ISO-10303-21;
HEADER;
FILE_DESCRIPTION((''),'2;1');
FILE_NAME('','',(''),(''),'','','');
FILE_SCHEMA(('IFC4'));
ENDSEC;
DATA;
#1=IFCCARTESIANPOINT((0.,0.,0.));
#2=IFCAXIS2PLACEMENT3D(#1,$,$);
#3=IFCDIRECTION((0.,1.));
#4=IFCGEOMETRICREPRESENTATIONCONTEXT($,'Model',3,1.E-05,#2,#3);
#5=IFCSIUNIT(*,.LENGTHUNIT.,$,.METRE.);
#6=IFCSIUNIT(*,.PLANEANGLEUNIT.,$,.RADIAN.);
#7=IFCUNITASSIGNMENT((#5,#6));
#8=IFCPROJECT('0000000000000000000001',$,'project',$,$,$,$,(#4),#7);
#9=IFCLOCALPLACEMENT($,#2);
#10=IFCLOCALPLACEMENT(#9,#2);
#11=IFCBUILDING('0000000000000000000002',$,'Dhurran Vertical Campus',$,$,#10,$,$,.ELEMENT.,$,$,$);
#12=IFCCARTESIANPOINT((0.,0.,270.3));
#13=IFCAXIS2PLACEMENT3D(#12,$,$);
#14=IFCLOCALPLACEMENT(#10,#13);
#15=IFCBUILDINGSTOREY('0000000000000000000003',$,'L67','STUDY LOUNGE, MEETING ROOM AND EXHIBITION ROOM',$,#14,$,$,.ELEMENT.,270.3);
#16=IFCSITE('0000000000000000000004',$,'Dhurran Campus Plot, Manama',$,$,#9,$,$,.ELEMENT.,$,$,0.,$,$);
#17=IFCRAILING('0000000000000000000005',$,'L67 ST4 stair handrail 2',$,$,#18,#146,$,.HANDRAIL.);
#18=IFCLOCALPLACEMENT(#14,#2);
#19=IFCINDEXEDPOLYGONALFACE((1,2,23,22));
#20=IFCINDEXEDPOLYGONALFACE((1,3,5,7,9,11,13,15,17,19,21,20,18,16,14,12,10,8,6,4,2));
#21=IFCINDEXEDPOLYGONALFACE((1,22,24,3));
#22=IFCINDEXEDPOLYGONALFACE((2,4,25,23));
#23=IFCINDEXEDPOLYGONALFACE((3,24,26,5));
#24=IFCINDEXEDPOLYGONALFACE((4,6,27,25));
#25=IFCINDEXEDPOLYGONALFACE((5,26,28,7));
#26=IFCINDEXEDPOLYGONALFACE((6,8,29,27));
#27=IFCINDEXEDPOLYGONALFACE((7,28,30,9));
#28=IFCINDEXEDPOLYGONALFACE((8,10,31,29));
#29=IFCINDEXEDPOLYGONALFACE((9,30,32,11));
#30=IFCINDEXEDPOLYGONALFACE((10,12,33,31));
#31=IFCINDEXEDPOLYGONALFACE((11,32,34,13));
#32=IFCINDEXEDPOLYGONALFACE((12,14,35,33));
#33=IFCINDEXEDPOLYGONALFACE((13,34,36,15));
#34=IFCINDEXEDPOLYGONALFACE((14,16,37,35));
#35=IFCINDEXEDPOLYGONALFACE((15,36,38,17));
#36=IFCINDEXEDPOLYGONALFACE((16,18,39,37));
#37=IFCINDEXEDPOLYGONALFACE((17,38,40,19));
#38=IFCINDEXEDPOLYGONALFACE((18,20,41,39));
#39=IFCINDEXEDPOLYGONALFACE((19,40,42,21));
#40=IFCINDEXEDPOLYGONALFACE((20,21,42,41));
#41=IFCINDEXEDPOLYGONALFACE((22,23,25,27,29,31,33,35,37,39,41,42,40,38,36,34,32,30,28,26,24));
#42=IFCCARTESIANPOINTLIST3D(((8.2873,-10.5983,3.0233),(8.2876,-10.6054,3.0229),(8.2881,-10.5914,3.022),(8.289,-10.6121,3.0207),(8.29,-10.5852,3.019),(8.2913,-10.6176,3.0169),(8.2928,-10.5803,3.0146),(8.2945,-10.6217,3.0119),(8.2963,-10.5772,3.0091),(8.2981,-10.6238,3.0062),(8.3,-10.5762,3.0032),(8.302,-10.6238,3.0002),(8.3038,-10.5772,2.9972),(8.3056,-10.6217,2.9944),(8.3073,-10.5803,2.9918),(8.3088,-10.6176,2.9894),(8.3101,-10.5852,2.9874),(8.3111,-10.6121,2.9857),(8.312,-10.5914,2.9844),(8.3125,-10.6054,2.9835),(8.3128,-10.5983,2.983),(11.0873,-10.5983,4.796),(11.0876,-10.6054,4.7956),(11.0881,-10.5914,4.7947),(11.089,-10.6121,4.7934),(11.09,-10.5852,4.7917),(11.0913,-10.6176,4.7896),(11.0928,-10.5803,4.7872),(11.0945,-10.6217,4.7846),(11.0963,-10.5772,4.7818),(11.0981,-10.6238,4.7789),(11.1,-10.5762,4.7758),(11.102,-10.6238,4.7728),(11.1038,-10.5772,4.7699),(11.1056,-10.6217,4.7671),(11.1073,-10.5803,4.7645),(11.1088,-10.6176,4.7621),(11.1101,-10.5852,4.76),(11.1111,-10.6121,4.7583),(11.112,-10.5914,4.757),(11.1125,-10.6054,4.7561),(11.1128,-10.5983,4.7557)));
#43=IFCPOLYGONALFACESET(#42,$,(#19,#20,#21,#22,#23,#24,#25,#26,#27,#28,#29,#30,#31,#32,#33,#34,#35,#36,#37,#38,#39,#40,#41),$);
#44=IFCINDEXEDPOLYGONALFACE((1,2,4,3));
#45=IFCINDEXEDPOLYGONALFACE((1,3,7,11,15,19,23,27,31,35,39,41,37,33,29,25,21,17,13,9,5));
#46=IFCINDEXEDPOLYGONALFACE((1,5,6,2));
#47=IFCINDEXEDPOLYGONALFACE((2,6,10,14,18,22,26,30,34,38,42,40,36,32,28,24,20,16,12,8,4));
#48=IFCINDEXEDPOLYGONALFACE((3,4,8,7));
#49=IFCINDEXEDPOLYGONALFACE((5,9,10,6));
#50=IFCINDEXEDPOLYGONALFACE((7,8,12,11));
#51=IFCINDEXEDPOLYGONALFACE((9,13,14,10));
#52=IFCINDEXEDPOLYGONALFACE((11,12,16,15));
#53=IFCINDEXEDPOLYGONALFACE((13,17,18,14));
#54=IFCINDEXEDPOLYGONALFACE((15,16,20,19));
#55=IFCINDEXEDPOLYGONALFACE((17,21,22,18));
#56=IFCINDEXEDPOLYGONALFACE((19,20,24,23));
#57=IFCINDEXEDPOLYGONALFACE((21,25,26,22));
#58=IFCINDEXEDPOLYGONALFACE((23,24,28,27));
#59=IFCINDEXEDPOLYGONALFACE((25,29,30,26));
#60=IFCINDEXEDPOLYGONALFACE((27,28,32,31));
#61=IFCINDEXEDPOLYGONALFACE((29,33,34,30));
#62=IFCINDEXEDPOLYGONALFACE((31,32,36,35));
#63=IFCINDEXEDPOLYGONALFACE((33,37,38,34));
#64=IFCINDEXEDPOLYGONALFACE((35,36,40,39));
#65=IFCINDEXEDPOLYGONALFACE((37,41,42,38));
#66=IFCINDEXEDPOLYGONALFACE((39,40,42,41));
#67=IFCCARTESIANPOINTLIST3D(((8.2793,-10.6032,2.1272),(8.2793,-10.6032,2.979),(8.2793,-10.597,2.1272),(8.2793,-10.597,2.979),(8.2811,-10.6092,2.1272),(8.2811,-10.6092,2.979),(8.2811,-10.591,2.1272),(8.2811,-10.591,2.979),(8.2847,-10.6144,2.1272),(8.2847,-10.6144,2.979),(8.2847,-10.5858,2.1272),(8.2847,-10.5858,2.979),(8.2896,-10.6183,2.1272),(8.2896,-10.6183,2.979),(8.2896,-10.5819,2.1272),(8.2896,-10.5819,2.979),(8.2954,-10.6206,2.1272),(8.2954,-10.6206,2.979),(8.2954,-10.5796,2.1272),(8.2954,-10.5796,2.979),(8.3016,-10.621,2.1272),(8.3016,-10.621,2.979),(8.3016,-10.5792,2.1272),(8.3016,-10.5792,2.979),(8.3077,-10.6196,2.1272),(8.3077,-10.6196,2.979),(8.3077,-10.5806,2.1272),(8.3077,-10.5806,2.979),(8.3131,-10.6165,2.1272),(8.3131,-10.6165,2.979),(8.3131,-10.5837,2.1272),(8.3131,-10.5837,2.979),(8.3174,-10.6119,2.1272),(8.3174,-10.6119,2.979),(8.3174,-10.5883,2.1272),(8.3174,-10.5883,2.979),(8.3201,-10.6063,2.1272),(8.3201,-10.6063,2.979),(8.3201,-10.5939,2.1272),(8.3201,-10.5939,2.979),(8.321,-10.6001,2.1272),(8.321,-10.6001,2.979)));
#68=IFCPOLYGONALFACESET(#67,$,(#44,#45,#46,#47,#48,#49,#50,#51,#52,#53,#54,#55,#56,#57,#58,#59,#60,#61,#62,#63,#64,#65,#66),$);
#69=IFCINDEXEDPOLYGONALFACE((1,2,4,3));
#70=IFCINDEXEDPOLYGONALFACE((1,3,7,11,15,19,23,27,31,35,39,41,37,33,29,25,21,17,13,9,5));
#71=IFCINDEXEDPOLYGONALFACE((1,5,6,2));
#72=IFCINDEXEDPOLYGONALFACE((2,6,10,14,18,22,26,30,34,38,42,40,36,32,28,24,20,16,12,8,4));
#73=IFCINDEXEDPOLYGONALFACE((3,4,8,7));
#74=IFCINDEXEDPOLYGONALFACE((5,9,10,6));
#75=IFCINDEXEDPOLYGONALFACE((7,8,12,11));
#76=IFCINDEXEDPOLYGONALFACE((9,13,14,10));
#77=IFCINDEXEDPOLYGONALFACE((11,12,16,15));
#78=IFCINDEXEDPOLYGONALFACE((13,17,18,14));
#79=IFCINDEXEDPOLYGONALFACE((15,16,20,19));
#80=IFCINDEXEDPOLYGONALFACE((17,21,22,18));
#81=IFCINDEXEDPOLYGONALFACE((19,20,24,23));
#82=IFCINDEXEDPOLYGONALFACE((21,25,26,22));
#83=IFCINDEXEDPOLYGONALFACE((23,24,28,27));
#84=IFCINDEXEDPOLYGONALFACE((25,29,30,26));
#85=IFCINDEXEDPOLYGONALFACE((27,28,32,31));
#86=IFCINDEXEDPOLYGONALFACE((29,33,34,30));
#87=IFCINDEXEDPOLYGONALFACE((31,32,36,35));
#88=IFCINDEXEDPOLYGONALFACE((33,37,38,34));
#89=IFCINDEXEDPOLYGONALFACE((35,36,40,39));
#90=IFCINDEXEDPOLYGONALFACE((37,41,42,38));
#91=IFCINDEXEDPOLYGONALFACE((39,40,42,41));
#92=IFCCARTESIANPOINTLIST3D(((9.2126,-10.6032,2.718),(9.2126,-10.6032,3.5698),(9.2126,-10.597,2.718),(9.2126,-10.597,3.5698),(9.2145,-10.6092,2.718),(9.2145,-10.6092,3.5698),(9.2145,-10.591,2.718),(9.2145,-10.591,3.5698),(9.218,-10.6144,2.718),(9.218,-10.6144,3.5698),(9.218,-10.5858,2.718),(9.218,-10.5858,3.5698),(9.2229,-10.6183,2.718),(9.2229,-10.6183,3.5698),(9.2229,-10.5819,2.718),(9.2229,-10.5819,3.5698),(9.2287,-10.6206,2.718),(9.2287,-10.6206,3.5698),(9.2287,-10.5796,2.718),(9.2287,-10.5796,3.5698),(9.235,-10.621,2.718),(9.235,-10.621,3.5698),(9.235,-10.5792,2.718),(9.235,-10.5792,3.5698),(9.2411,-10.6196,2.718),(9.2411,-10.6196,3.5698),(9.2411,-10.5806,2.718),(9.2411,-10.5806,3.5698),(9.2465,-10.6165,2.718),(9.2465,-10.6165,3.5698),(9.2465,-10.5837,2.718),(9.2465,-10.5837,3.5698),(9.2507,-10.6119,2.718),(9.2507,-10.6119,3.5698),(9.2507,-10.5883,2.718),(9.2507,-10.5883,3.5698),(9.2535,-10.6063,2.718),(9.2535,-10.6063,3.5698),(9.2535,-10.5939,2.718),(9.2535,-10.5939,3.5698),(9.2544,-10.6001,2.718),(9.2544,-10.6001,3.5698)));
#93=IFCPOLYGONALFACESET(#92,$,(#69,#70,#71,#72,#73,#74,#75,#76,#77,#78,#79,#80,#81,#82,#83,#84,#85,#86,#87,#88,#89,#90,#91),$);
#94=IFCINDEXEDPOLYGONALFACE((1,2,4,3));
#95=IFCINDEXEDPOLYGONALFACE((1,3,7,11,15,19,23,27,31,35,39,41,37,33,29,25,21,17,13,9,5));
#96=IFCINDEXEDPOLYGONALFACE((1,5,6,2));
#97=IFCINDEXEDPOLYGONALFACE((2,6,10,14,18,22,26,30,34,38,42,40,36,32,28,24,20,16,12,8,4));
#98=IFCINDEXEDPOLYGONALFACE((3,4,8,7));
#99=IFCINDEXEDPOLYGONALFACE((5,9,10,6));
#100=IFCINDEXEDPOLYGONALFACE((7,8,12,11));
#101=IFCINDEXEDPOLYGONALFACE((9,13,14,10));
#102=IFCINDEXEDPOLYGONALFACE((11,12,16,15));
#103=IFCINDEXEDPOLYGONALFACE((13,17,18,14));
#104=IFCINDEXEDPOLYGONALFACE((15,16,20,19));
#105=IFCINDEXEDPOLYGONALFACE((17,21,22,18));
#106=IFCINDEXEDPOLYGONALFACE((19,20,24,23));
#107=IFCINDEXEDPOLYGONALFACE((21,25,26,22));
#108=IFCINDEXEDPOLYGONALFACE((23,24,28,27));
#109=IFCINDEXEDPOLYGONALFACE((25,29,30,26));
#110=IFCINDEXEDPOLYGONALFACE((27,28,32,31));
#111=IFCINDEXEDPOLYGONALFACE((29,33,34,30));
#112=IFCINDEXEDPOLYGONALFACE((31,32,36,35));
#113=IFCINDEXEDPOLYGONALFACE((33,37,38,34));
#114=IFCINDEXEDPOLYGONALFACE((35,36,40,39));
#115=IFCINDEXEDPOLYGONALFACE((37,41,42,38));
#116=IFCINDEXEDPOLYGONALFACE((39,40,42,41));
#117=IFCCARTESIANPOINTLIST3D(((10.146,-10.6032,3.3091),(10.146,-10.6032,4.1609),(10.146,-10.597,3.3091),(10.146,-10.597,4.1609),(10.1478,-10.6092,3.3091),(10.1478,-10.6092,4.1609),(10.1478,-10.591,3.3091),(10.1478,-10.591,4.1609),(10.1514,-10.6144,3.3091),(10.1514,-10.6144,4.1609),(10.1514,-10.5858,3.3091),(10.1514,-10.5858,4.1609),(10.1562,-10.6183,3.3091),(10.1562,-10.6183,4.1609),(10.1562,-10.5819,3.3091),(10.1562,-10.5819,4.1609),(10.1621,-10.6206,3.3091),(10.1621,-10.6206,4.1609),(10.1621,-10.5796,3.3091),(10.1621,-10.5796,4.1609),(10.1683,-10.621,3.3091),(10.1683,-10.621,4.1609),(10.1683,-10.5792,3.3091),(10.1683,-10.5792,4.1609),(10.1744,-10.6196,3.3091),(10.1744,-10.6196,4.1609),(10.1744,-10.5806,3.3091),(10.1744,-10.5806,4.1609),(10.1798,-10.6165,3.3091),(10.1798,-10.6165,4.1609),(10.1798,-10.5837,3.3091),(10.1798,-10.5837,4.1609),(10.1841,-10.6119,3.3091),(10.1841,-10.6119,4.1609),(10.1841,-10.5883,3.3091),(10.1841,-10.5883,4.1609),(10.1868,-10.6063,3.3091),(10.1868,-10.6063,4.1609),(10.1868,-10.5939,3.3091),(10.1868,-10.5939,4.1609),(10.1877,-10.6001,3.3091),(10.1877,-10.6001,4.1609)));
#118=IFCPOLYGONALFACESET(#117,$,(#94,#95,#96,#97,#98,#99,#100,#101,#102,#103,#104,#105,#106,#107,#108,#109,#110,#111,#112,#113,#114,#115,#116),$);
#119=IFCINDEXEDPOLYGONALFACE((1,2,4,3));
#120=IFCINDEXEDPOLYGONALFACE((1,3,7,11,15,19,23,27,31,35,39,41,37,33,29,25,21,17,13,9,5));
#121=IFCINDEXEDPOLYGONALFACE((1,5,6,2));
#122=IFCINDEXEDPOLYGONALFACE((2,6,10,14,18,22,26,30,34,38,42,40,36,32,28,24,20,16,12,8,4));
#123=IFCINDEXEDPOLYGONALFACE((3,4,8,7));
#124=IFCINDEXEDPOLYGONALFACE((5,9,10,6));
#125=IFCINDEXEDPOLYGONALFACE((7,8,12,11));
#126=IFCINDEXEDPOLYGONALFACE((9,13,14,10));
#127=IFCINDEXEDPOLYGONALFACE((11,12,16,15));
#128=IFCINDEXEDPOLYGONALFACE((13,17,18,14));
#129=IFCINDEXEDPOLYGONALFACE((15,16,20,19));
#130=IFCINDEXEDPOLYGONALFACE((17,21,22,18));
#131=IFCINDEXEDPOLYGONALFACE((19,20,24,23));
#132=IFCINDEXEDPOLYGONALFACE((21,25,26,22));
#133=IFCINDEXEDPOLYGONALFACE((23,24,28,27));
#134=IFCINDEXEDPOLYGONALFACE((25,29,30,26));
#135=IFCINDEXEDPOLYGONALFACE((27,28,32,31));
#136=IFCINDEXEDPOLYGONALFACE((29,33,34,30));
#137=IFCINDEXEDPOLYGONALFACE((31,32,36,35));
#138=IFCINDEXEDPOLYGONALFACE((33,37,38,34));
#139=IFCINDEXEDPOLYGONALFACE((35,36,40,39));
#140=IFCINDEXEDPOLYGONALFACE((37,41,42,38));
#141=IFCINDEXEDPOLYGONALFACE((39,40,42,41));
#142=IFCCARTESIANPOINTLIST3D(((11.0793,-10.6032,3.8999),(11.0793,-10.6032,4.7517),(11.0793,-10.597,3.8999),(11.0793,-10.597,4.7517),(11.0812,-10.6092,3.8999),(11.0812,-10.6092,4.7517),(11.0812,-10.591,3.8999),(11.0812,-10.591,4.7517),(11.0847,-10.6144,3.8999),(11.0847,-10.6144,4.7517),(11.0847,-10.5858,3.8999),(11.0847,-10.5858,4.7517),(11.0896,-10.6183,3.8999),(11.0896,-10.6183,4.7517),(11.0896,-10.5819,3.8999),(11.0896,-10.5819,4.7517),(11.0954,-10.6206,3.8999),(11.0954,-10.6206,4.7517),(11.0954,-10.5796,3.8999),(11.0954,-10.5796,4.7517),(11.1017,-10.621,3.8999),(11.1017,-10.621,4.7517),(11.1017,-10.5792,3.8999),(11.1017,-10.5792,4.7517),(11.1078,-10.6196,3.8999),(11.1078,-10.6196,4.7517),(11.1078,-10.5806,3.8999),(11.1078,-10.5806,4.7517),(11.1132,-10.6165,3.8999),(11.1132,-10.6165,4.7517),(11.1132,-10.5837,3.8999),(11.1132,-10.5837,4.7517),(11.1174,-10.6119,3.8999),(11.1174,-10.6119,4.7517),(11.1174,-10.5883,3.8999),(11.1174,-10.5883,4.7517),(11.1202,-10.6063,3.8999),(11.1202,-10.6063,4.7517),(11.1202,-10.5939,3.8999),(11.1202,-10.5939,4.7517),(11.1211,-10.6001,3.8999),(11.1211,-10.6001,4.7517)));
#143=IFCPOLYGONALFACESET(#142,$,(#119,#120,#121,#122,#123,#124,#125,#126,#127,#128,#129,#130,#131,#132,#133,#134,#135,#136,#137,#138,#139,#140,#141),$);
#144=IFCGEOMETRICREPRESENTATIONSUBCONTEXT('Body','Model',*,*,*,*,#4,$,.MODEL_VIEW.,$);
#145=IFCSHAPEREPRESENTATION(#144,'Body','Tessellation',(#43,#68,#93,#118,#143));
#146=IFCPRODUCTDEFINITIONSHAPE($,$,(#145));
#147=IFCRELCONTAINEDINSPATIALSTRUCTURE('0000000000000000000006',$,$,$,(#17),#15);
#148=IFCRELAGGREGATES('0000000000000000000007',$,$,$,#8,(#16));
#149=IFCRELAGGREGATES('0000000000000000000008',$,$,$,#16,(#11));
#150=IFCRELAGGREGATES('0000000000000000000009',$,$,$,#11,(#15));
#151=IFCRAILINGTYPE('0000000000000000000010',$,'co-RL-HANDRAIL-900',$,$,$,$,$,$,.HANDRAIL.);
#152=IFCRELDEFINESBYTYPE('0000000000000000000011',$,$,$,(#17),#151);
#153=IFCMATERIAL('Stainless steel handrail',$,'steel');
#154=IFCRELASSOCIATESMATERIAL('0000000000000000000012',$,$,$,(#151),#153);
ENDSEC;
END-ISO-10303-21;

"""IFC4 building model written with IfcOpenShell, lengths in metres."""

from ifc_helpers import new_model, si_unit, direction, frame, origin, origin_2d, place, context, subcontext, project, spatial, circle, extrude, material, type_object, element, save


model = new_model("IFC4")

# Units and contexts
model_context = context("Model", 3, precision=1e-05, world=origin(), true_north=direction((0.0, 1.0)))
body_context = subcontext(model_context, "Body", "Model", "MODEL_VIEW")
ifc_project = project(units=[si_unit("LENGTHUNIT", "METRE"), si_unit("PLANEANGLEUNIT", "RADIAN")], contexts=[model_context])

# Site, building, storey
site_placement = place(None, origin())
site = spatial("IfcSite", under=ifc_project, at=site_placement, Name="Dhurran Campus Plot, Manama", CompositionType="ELEMENT", RefElevation=0.0)
building_placement = place(site_placement, origin())
building = spatial("IfcBuilding", under=site, at=building_placement, Name="Dhurran Vertical Campus", CompositionType="ELEMENT")
storey_placement = place(building_placement, frame((0.0, 0.0, 270.3)))
storey = spatial("IfcBuildingStorey", under=building, at=storey_placement, Name="L67", Description="STUDY LOUNGE, MEETING ROOM AND EXHIBITION ROOM", CompositionType="ELEMENT", Elevation=270.3)

# Railing
ifc_material_1 = material(Name="Stainless steel handrail", Category="steel")
railing_type_1 = type_object("IfcRailingType", Name="co-RL-HANDRAIL-900", PredefinedType="HANDRAIL", material=ifc_material_1)
railing_1_placement = place(storey_placement, frame((8.3, -10.6001, 2.1272)))
element("IfcRailing", 1, at=railing_1_placement, inside=storey, type_object=railing_type_1, Name="L67 ST4 stair handrail 2", PredefinedType="HANDRAIL", context=body_context, shape_type="SweptSolid", body=[
    extrude(circle(Radius=0.0239, at=origin_2d()), frame((0.0, 0.0, 0.876), z_axis=(0.844909, 0.0, 0.53491), x_axis=(0.0, 1.0, 0.0)), (0.0, 0.0, 1.0), 3.314),
    extrude(circle(Radius=0.021, at=origin_2d()), origin(), (0.0, 0.0, 1.0), 0.8518),
    extrude(circle(Radius=0.021, at=origin_2d()), frame((0.9333, 0.0, 0.5908)), (0.0, 0.0, 1.0), 0.8518),
    extrude(circle(Radius=0.021, at=origin_2d()), frame((1.8667, 0.0, 1.1819)), (0.0, 0.0, 1.0), 0.8518),
    extrude(circle(Radius=0.021, at=origin_2d()), frame((2.8, 0.0, 1.7727)), (0.0, 0.0, 1.0), 0.8518),
])

save(model, "model.ifc")
